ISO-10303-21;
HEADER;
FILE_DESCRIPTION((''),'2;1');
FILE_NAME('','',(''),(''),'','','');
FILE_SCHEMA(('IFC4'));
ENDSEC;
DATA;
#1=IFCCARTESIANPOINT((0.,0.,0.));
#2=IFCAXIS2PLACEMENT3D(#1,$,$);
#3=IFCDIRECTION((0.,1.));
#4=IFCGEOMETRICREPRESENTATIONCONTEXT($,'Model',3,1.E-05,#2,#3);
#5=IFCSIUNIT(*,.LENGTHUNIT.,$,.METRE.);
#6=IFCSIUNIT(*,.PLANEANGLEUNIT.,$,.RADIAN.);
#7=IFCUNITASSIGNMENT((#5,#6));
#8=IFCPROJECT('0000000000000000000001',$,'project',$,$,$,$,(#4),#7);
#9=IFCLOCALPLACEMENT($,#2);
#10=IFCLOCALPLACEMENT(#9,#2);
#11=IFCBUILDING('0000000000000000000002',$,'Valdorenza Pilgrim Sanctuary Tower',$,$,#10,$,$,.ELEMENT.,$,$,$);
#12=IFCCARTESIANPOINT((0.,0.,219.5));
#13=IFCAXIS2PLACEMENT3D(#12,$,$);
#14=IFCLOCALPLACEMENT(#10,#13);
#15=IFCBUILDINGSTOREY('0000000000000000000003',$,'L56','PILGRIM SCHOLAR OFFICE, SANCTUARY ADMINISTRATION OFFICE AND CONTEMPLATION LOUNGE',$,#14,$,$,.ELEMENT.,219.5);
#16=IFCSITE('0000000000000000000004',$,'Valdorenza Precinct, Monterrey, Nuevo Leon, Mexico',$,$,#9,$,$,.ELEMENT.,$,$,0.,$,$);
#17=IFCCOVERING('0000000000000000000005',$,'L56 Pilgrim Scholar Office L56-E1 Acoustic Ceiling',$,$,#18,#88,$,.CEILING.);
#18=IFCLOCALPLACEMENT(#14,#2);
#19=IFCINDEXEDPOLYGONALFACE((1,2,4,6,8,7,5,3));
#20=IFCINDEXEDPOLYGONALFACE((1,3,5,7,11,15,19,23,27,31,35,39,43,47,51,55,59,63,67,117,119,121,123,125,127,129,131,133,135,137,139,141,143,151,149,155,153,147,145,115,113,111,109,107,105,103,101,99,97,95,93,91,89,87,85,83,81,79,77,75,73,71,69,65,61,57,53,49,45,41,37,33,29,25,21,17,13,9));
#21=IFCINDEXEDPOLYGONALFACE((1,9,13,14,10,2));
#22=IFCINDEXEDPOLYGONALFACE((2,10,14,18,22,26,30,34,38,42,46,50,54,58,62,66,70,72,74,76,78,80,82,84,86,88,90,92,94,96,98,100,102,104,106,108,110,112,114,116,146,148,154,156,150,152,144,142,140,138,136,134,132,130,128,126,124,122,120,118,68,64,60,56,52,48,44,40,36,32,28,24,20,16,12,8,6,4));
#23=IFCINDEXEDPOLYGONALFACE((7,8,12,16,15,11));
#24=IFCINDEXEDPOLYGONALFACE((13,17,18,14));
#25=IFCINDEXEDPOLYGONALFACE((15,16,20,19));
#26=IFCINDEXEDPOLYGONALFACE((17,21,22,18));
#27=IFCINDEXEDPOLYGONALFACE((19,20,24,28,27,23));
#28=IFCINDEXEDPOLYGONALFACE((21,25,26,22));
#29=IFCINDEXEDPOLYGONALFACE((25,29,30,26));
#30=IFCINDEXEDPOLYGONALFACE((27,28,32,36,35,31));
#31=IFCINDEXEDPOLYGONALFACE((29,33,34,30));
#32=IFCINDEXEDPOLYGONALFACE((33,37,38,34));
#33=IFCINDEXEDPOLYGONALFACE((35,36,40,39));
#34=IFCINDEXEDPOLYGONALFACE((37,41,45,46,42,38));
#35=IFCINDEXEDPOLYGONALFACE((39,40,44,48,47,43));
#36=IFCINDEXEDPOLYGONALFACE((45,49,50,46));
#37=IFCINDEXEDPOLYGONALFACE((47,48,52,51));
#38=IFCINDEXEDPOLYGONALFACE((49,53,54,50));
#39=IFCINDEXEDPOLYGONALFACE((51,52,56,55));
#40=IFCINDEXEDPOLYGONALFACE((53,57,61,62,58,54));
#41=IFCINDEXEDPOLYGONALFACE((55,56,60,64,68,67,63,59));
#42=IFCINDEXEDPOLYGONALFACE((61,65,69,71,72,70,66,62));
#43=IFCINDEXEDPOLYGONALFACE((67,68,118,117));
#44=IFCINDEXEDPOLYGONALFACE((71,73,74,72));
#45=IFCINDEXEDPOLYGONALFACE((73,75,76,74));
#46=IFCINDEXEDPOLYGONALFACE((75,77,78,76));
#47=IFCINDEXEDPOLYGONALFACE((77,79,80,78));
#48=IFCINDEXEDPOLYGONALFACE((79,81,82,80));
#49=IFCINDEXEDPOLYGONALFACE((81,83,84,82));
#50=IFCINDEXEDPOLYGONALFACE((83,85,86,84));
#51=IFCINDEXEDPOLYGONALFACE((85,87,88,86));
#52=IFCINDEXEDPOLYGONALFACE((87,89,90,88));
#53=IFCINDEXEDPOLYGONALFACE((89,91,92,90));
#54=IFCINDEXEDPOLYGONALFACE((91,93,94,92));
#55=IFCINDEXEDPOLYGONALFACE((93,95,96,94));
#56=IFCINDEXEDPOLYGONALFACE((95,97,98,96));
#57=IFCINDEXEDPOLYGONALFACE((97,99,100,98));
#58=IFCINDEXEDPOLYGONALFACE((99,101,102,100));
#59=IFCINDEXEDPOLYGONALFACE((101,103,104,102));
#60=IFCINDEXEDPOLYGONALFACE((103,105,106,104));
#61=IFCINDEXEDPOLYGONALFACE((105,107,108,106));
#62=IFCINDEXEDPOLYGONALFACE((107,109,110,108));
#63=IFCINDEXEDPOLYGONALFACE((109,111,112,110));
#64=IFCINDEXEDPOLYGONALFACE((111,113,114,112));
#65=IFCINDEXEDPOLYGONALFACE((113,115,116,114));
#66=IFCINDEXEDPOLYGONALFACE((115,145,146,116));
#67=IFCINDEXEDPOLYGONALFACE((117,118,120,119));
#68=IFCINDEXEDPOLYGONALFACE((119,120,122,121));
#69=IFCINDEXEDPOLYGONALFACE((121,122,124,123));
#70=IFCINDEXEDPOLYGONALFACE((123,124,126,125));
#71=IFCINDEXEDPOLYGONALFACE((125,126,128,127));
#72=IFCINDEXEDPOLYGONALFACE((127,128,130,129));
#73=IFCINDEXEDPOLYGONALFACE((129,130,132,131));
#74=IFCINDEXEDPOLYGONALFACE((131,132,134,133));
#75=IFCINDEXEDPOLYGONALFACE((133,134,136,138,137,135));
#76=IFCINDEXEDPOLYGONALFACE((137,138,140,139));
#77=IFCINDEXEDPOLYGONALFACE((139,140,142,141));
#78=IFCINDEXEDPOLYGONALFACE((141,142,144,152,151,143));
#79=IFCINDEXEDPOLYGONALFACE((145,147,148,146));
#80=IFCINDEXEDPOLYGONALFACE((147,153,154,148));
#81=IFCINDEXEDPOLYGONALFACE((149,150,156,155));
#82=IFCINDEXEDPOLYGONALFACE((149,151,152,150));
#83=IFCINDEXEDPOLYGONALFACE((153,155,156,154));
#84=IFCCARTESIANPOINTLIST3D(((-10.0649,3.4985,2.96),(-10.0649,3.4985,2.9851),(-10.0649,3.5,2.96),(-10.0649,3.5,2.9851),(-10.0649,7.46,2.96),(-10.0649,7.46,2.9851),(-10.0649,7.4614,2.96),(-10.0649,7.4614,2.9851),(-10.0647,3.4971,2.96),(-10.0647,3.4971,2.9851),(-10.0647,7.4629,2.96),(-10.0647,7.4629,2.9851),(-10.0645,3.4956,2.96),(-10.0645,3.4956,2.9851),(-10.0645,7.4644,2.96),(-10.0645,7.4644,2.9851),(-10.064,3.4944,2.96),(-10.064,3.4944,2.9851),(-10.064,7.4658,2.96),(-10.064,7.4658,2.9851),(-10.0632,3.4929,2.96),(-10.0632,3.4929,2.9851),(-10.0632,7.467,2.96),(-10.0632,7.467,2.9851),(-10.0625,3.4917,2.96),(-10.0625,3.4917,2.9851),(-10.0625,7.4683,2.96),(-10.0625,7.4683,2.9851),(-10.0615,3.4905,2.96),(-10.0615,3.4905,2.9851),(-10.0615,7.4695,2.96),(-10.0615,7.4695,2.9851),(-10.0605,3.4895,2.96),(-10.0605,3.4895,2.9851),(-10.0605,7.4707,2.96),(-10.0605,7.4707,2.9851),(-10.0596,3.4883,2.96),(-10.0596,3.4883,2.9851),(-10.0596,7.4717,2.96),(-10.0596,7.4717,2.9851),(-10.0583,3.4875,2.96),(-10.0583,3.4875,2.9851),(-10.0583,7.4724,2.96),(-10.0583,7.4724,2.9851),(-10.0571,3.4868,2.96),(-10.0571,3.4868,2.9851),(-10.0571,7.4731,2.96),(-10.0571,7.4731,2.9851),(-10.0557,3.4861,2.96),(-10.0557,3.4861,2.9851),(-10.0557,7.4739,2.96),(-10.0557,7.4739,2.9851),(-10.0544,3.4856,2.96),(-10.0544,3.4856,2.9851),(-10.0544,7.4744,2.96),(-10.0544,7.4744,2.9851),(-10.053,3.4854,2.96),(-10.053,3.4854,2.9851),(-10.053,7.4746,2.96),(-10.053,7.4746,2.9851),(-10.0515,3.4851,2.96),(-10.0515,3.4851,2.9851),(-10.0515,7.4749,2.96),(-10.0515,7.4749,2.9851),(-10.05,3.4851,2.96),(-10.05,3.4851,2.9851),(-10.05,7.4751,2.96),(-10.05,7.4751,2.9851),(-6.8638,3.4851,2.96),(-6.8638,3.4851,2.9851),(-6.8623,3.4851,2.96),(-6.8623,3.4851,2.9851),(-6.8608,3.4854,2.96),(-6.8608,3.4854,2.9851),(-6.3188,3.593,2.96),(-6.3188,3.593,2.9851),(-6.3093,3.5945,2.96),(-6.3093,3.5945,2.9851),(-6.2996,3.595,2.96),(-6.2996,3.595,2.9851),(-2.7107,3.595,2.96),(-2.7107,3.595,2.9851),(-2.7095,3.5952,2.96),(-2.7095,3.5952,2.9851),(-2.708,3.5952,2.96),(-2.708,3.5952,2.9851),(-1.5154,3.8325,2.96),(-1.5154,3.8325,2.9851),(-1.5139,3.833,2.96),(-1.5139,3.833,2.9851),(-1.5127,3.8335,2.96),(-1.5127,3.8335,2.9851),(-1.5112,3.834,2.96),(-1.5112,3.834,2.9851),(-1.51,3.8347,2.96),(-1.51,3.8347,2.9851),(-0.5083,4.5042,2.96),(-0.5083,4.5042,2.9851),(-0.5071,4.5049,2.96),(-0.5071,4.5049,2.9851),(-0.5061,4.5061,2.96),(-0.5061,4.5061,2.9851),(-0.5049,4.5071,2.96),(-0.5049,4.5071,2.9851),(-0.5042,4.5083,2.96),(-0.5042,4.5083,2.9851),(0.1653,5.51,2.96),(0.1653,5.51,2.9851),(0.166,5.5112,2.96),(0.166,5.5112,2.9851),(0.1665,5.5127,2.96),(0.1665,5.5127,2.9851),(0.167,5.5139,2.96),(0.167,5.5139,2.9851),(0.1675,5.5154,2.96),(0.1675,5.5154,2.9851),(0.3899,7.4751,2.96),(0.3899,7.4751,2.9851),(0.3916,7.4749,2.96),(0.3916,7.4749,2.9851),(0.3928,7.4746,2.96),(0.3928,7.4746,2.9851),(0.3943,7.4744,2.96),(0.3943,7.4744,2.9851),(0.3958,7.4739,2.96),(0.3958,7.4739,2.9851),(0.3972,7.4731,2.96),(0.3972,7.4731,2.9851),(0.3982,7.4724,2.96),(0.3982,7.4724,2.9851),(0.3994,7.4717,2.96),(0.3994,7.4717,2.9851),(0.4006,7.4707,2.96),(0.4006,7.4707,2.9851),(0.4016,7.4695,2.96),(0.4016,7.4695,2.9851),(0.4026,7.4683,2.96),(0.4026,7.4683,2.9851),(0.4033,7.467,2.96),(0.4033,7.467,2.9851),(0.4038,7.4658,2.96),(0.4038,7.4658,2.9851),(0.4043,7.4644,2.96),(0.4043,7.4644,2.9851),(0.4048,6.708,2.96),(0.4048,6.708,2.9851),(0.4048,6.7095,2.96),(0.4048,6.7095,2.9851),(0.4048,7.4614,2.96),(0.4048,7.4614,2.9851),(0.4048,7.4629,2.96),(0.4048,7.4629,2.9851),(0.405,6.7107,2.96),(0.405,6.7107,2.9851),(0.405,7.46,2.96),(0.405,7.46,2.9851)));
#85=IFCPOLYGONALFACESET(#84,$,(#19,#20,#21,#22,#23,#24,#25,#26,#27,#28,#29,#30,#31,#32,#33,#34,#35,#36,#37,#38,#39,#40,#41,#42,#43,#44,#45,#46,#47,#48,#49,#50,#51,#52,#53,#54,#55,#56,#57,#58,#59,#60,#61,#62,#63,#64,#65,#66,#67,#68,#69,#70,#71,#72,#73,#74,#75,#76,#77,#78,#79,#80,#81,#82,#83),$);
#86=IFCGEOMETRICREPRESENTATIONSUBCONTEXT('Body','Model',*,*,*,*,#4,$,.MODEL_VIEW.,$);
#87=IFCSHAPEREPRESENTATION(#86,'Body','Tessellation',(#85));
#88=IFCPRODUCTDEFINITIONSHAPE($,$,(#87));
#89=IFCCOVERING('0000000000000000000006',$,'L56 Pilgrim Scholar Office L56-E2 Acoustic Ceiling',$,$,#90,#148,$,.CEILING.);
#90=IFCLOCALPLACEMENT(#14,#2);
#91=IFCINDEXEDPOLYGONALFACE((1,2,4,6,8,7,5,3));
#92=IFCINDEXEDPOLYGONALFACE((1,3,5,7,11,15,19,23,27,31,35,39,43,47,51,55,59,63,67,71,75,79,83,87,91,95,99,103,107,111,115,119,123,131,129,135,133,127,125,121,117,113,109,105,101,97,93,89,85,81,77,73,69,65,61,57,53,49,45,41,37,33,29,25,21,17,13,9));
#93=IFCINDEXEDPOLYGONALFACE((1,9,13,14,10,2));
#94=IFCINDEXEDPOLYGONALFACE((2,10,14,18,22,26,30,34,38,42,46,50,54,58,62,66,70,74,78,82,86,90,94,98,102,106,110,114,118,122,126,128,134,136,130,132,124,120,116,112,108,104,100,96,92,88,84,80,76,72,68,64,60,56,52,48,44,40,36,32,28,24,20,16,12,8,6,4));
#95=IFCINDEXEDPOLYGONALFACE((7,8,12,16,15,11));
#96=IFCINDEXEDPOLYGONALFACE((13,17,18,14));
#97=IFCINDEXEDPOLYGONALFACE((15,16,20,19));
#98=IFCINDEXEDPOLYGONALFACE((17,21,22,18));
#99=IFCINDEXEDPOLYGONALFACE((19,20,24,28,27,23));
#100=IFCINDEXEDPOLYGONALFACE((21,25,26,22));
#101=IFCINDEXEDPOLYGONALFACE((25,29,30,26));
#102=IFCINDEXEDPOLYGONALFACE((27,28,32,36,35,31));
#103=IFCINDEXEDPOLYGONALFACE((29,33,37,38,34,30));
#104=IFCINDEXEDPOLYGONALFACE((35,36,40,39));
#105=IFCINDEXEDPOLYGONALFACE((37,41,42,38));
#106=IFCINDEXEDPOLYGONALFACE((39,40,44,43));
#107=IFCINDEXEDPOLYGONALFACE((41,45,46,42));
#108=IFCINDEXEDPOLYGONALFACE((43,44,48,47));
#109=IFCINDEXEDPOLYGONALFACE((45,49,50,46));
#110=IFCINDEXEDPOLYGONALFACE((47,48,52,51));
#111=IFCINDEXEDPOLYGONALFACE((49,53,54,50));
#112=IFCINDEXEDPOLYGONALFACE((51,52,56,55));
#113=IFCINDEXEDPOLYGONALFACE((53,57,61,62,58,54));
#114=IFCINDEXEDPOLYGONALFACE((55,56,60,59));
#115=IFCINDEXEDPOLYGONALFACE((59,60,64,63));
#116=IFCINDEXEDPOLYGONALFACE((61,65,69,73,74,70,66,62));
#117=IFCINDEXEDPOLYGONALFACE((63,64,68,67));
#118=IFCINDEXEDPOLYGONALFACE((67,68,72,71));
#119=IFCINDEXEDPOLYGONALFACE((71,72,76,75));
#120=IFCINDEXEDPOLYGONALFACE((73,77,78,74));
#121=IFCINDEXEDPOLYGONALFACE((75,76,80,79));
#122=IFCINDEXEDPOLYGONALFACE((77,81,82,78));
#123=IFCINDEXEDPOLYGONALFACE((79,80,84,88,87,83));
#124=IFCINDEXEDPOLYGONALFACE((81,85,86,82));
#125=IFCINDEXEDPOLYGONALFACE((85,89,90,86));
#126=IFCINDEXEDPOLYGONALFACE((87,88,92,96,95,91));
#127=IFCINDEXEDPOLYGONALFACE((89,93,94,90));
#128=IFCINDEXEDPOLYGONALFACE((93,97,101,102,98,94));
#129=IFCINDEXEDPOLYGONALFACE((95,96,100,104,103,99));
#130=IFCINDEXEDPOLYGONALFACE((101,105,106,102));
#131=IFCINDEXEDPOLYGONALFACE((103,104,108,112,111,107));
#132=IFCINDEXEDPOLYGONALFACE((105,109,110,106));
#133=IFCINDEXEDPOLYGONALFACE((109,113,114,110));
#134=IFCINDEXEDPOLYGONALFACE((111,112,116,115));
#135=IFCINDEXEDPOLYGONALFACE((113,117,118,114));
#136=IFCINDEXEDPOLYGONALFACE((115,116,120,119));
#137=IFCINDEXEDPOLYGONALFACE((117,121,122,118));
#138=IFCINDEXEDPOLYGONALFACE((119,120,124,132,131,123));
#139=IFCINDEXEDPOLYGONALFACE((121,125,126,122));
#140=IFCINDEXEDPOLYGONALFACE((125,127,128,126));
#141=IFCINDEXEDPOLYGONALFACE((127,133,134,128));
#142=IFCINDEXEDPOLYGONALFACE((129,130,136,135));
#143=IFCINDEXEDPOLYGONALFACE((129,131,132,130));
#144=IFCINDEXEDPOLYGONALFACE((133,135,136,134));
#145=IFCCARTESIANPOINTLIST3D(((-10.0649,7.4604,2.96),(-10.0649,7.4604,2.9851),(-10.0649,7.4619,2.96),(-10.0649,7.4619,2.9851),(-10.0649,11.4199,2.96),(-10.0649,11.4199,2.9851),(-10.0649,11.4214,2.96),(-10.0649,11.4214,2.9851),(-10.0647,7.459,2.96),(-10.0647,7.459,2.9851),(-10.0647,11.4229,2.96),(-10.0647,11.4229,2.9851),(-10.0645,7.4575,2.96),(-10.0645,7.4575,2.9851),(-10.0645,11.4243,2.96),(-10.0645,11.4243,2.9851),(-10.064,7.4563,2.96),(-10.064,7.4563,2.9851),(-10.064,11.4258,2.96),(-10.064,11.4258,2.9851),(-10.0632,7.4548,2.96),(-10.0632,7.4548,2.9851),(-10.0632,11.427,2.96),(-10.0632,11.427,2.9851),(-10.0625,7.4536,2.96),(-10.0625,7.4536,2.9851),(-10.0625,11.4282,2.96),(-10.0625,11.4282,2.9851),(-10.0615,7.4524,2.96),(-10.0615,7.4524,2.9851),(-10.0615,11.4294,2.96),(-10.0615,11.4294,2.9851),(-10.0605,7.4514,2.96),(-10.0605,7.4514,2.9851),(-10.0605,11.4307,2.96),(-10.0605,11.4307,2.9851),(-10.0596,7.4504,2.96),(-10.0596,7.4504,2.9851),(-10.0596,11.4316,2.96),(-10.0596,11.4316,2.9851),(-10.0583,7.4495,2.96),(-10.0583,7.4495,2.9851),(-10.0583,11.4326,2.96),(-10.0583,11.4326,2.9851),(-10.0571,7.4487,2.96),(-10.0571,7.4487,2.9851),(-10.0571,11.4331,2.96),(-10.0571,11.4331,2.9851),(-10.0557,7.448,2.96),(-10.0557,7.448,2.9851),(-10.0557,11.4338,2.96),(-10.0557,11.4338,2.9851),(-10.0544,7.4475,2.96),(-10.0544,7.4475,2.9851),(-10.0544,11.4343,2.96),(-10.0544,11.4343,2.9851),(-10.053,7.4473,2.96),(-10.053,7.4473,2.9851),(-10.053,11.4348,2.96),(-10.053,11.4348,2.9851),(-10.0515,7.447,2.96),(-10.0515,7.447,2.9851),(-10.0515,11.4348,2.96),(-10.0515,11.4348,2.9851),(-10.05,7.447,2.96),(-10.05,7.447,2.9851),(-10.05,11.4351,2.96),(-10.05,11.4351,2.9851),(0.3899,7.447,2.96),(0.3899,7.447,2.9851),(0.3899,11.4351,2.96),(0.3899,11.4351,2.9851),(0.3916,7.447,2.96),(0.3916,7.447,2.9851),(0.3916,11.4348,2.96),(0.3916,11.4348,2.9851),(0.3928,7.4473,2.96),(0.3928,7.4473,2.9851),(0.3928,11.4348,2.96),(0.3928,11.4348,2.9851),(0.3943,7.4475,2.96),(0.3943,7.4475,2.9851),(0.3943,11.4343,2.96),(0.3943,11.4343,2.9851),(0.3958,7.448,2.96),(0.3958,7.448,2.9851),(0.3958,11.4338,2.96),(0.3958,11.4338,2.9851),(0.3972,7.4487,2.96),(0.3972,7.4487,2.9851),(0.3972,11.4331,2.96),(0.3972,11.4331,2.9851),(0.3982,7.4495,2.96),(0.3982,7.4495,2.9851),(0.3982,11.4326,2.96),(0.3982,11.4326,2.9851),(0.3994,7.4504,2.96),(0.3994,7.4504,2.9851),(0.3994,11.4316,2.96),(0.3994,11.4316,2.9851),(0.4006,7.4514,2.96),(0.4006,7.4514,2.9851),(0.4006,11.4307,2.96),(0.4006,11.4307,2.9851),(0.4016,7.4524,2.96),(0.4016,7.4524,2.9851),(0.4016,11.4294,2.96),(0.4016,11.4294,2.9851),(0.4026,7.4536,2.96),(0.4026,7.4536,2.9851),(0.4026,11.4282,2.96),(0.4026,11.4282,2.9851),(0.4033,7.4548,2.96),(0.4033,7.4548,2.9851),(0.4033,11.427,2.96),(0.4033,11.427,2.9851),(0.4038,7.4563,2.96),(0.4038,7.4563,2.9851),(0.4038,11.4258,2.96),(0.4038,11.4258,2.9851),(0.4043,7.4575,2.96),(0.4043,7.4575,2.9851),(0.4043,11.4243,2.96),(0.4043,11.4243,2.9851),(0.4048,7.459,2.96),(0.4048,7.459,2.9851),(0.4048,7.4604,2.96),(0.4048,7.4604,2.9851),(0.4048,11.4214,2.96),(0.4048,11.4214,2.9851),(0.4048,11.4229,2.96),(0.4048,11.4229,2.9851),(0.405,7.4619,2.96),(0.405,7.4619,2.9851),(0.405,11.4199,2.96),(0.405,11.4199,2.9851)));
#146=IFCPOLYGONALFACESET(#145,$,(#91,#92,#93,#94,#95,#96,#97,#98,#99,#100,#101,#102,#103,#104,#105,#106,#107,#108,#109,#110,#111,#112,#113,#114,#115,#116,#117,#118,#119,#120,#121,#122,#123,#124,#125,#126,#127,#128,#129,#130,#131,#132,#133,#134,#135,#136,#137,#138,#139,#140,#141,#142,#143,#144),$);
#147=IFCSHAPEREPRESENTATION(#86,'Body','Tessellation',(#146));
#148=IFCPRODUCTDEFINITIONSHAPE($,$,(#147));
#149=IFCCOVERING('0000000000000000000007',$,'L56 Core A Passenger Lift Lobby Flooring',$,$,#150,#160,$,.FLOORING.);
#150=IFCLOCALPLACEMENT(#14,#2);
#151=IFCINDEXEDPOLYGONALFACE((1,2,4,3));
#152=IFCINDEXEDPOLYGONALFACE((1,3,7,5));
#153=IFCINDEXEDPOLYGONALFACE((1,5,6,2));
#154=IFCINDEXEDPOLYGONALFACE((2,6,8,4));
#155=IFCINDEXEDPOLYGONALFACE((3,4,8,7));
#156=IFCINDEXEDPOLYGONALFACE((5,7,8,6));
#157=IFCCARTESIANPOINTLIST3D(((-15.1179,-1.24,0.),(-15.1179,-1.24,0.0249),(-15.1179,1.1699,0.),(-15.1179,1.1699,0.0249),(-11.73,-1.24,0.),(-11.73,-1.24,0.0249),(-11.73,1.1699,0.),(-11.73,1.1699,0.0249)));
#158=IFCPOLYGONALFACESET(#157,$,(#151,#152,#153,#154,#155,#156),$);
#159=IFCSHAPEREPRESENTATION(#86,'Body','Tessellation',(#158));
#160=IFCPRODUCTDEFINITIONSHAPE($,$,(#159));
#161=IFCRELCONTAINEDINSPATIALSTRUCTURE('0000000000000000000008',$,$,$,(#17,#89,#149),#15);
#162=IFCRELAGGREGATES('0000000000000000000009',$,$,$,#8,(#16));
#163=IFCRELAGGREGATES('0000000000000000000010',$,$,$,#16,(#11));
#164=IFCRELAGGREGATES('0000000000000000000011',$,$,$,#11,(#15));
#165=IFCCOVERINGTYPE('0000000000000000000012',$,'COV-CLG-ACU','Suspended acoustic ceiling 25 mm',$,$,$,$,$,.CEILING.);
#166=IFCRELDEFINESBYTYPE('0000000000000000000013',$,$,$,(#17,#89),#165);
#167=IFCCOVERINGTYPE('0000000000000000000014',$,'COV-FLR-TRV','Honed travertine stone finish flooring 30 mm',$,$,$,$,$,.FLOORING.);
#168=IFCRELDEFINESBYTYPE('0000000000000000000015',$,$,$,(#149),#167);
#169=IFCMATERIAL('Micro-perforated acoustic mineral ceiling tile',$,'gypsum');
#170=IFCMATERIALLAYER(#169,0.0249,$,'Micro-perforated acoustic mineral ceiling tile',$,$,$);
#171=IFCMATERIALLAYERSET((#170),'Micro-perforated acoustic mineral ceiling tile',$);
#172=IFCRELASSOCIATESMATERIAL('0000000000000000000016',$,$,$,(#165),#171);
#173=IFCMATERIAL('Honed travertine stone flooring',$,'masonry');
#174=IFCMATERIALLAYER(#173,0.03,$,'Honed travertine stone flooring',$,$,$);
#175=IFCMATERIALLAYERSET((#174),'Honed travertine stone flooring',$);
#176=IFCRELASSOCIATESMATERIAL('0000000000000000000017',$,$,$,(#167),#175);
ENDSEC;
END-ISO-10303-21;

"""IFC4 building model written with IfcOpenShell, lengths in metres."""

from ifc_helpers import new_model, si_unit, direction, frame, origin, place, context, subcontext, project, spatial, polyline, outline, extrude, material, layer, layer_set, type_object, element, save


model = new_model("IFC4")

# Units and contexts
model_context = context("Model", 3, precision=1e-05, world=origin(), true_north=direction((0.0, 1.0)))
body_context = subcontext(model_context, "Body", "Model", "MODEL_VIEW")
ifc_project = project(units=[si_unit("LENGTHUNIT", "METRE"), si_unit("PLANEANGLEUNIT", "RADIAN")], contexts=[model_context])

# Site, building, storey
site_placement = place(None, origin())
site = spatial("IfcSite", under=ifc_project, at=site_placement, Name="Valdorenza Precinct, Monterrey, Nuevo Leon, Mexico", CompositionType="ELEMENT", RefElevation=0.0)
building_placement = place(site_placement, origin())
building = spatial("IfcBuilding", under=site, at=building_placement, Name="Valdorenza Pilgrim Sanctuary Tower", CompositionType="ELEMENT")
storey_placement = place(building_placement, frame((0.0, 0.0, 219.5)))
storey = spatial("IfcBuildingStorey", under=building, at=storey_placement, Name="L56", Description="PILGRIM SCHOLAR OFFICE, SANCTUARY ADMINISTRATION OFFICE AND CONTEMPLATION LOUNGE", CompositionType="ELEMENT", Elevation=219.5)

# Coverings
ifc_material_1 = material(Name="Micro-perforated acoustic mineral ceiling tile", Category="gypsum")
ifc_layer_1 = layer(ifc_material_1, 0.0249, Name="Micro-perforated acoustic mineral ceiling tile")
ifc_layer_set_1 = layer_set([ifc_layer_1], Name="Micro-perforated acoustic mineral ceiling tile")
covering_type_1 = type_object("IfcCoveringType", Name="COV-CLG-ACU", Description="Suspended acoustic ceiling 25 mm", PredefinedType="CEILING", material=ifc_layer_set_1)
covering_1_placement = place(storey_placement, frame((0.0, 0.0, 2.96)))
element("IfcCovering", 1, at=covering_1_placement, inside=storey, type_object=covering_type_1, Name="L56 Pilgrim Scholar Office L56-E1 Acoustic Ceiling", PredefinedType="CEILING", context=body_context, shape_type="SweptSolid", body=[
    extrude(outline(polyline([(-10.0649, 7.46), (-10.0649, 7.4614), (-10.0647, 7.4629), (-10.0645, 7.4644), (-10.064, 7.4658), (-10.0632, 7.467), (-10.0625, 7.4683), (-10.0615, 7.4695), (-10.0605, 7.4707), (-10.0596, 7.4717), (-10.0583, 7.4724), (-10.0571, 7.4731), (-10.0557, 7.4739), (-10.0544, 7.4744), (-10.053, 7.4746), (-10.0515, 7.4749), (-10.05, 7.4751), (0.3899, 7.4751), (0.3916, 7.4749), (0.3928, 7.4746), (0.3943, 7.4744), (0.3958, 7.4739), (0.3972, 7.4731), (0.3982, 7.4724), (0.3994, 7.4717), (0.4006, 7.4707), (0.4016, 7.4695), (0.4026, 7.4683), (0.4033, 7.467), (0.4038, 7.4658), (0.4043, 7.4644), (0.4048, 7.4629), (0.4048, 7.4614), (0.405, 7.46), (0.405, 6.7107), (0.4048, 6.7095), (0.4048, 6.708), (0.1675, 5.5154), (0.167, 5.5139), (0.1665, 5.5127), (0.166, 5.5112), (0.1653, 5.51), (-0.5042, 4.5083), (-0.5049, 4.5071), (-0.5061, 4.5061), (-0.5071, 4.5049), (-0.5083, 4.5042), (-1.51, 3.8347), (-1.5112, 3.834), (-1.5127, 3.8335), (-1.5139, 3.833), (-1.5154, 3.8325), (-2.708, 3.5952), (-2.7095, 3.5952), (-2.7107, 3.595), (-6.2996, 3.595), (-6.3093, 3.5945), (-6.3188, 3.593), (-6.8608, 3.4854), (-6.8623, 3.4851), (-6.8638, 3.4851), (-10.05, 3.4851), (-10.0515, 3.4851), (-10.053, 3.4854), (-10.0544, 3.4856), (-10.0557, 3.4861), (-10.0571, 3.4868), (-10.0583, 3.4875), (-10.0596, 3.4883), (-10.0605, 3.4895), (-10.0615, 3.4905), (-10.0625, 3.4917), (-10.0632, 3.4929), (-10.064, 3.4944), (-10.0645, 3.4956), (-10.0647, 3.4971), (-10.0649, 3.4985), (-10.0649, 3.5), (-10.0649, 7.46)])), origin(), (0.0, 0.0, 1.0), 0.0251),
])
covering_2_placement = place(storey_placement, frame((0.0, 0.0, 2.96)))
element("IfcCovering", 2, at=covering_2_placement, inside=storey, type_object=covering_type_1, Name="L56 Pilgrim Scholar Office L56-E2 Acoustic Ceiling", PredefinedType="CEILING", context=body_context, shape_type="SweptSolid", body=[
    extrude(outline(polyline([(-10.0649, 11.4199), (-10.0649, 11.4214), (-10.0647, 11.4229), (-10.0645, 11.4243), (-10.064, 11.4258), (-10.0632, 11.427), (-10.0625, 11.4282), (-10.0615, 11.4294), (-10.0605, 11.4307), (-10.0596, 11.4316), (-10.0583, 11.4326), (-10.0571, 11.4331), (-10.0557, 11.4338), (-10.0544, 11.4343), (-10.053, 11.4348), (-10.0515, 11.4348), (-10.05, 11.4351), (0.3899, 11.4351), (0.3916, 11.4348), (0.3928, 11.4348), (0.3943, 11.4343), (0.3958, 11.4338), (0.3972, 11.4331), (0.3982, 11.4326), (0.3994, 11.4316), (0.4006, 11.4307), (0.4016, 11.4294), (0.4026, 11.4282), (0.4033, 11.427), (0.4038, 11.4258), (0.4043, 11.4243), (0.4048, 11.4229), (0.4048, 11.4214), (0.405, 11.4199), (0.405, 7.4619), (0.4048, 7.4604), (0.4048, 7.459), (0.4043, 7.4575), (0.4038, 7.4563), (0.4033, 7.4548), (0.4026, 7.4536), (0.4016, 7.4524), (0.4006, 7.4514), (0.3994, 7.4504), (0.3982, 7.4495), (0.3972, 7.4487), (0.3958, 7.448), (0.3943, 7.4475), (0.3928, 7.4473), (0.3916, 7.447), (0.3899, 7.447), (-10.05, 7.447), (-10.0515, 7.447), (-10.053, 7.4473), (-10.0544, 7.4475), (-10.0557, 7.448), (-10.0571, 7.4487), (-10.0583, 7.4495), (-10.0596, 7.4504), (-10.0605, 7.4514), (-10.0615, 7.4524), (-10.0625, 7.4536), (-10.0632, 7.4548), (-10.064, 7.4563), (-10.0645, 7.4575), (-10.0647, 7.459), (-10.0649, 7.4604), (-10.0649, 7.4619), (-10.0649, 11.4199)])), origin(), (0.0, 0.0, 1.0), 0.0251),
])
ifc_material_2 = material(Name="Honed travertine stone flooring", Category="masonry")
ifc_layer_2 = layer(ifc_material_2, 0.03, Name="Honed travertine stone flooring")
ifc_layer_set_2 = layer_set([ifc_layer_2], Name="Honed travertine stone flooring")
covering_type_2 = type_object("IfcCoveringType", Name="COV-FLR-TRV", Description="Honed travertine stone finish flooring 30 mm", PredefinedType="FLOORING", material=ifc_layer_set_2)
covering_3_placement = place(storey_placement, origin())
element("IfcCovering", 3, at=covering_3_placement, inside=storey, type_object=covering_type_2, Name="L56 Core A Passenger Lift Lobby Flooring", PredefinedType="FLOORING", context=body_context, shape_type="SweptSolid", body=[
    extrude(outline(polyline([(-15.1179, 1.1699), (-11.73, 1.1699), (-11.73, -1.24), (-15.1179, -1.24), (-15.1179, 1.1699)])), origin(), (0.0, 0.0, 1.0), 0.0249),
])

save(model, "model.ifc")
